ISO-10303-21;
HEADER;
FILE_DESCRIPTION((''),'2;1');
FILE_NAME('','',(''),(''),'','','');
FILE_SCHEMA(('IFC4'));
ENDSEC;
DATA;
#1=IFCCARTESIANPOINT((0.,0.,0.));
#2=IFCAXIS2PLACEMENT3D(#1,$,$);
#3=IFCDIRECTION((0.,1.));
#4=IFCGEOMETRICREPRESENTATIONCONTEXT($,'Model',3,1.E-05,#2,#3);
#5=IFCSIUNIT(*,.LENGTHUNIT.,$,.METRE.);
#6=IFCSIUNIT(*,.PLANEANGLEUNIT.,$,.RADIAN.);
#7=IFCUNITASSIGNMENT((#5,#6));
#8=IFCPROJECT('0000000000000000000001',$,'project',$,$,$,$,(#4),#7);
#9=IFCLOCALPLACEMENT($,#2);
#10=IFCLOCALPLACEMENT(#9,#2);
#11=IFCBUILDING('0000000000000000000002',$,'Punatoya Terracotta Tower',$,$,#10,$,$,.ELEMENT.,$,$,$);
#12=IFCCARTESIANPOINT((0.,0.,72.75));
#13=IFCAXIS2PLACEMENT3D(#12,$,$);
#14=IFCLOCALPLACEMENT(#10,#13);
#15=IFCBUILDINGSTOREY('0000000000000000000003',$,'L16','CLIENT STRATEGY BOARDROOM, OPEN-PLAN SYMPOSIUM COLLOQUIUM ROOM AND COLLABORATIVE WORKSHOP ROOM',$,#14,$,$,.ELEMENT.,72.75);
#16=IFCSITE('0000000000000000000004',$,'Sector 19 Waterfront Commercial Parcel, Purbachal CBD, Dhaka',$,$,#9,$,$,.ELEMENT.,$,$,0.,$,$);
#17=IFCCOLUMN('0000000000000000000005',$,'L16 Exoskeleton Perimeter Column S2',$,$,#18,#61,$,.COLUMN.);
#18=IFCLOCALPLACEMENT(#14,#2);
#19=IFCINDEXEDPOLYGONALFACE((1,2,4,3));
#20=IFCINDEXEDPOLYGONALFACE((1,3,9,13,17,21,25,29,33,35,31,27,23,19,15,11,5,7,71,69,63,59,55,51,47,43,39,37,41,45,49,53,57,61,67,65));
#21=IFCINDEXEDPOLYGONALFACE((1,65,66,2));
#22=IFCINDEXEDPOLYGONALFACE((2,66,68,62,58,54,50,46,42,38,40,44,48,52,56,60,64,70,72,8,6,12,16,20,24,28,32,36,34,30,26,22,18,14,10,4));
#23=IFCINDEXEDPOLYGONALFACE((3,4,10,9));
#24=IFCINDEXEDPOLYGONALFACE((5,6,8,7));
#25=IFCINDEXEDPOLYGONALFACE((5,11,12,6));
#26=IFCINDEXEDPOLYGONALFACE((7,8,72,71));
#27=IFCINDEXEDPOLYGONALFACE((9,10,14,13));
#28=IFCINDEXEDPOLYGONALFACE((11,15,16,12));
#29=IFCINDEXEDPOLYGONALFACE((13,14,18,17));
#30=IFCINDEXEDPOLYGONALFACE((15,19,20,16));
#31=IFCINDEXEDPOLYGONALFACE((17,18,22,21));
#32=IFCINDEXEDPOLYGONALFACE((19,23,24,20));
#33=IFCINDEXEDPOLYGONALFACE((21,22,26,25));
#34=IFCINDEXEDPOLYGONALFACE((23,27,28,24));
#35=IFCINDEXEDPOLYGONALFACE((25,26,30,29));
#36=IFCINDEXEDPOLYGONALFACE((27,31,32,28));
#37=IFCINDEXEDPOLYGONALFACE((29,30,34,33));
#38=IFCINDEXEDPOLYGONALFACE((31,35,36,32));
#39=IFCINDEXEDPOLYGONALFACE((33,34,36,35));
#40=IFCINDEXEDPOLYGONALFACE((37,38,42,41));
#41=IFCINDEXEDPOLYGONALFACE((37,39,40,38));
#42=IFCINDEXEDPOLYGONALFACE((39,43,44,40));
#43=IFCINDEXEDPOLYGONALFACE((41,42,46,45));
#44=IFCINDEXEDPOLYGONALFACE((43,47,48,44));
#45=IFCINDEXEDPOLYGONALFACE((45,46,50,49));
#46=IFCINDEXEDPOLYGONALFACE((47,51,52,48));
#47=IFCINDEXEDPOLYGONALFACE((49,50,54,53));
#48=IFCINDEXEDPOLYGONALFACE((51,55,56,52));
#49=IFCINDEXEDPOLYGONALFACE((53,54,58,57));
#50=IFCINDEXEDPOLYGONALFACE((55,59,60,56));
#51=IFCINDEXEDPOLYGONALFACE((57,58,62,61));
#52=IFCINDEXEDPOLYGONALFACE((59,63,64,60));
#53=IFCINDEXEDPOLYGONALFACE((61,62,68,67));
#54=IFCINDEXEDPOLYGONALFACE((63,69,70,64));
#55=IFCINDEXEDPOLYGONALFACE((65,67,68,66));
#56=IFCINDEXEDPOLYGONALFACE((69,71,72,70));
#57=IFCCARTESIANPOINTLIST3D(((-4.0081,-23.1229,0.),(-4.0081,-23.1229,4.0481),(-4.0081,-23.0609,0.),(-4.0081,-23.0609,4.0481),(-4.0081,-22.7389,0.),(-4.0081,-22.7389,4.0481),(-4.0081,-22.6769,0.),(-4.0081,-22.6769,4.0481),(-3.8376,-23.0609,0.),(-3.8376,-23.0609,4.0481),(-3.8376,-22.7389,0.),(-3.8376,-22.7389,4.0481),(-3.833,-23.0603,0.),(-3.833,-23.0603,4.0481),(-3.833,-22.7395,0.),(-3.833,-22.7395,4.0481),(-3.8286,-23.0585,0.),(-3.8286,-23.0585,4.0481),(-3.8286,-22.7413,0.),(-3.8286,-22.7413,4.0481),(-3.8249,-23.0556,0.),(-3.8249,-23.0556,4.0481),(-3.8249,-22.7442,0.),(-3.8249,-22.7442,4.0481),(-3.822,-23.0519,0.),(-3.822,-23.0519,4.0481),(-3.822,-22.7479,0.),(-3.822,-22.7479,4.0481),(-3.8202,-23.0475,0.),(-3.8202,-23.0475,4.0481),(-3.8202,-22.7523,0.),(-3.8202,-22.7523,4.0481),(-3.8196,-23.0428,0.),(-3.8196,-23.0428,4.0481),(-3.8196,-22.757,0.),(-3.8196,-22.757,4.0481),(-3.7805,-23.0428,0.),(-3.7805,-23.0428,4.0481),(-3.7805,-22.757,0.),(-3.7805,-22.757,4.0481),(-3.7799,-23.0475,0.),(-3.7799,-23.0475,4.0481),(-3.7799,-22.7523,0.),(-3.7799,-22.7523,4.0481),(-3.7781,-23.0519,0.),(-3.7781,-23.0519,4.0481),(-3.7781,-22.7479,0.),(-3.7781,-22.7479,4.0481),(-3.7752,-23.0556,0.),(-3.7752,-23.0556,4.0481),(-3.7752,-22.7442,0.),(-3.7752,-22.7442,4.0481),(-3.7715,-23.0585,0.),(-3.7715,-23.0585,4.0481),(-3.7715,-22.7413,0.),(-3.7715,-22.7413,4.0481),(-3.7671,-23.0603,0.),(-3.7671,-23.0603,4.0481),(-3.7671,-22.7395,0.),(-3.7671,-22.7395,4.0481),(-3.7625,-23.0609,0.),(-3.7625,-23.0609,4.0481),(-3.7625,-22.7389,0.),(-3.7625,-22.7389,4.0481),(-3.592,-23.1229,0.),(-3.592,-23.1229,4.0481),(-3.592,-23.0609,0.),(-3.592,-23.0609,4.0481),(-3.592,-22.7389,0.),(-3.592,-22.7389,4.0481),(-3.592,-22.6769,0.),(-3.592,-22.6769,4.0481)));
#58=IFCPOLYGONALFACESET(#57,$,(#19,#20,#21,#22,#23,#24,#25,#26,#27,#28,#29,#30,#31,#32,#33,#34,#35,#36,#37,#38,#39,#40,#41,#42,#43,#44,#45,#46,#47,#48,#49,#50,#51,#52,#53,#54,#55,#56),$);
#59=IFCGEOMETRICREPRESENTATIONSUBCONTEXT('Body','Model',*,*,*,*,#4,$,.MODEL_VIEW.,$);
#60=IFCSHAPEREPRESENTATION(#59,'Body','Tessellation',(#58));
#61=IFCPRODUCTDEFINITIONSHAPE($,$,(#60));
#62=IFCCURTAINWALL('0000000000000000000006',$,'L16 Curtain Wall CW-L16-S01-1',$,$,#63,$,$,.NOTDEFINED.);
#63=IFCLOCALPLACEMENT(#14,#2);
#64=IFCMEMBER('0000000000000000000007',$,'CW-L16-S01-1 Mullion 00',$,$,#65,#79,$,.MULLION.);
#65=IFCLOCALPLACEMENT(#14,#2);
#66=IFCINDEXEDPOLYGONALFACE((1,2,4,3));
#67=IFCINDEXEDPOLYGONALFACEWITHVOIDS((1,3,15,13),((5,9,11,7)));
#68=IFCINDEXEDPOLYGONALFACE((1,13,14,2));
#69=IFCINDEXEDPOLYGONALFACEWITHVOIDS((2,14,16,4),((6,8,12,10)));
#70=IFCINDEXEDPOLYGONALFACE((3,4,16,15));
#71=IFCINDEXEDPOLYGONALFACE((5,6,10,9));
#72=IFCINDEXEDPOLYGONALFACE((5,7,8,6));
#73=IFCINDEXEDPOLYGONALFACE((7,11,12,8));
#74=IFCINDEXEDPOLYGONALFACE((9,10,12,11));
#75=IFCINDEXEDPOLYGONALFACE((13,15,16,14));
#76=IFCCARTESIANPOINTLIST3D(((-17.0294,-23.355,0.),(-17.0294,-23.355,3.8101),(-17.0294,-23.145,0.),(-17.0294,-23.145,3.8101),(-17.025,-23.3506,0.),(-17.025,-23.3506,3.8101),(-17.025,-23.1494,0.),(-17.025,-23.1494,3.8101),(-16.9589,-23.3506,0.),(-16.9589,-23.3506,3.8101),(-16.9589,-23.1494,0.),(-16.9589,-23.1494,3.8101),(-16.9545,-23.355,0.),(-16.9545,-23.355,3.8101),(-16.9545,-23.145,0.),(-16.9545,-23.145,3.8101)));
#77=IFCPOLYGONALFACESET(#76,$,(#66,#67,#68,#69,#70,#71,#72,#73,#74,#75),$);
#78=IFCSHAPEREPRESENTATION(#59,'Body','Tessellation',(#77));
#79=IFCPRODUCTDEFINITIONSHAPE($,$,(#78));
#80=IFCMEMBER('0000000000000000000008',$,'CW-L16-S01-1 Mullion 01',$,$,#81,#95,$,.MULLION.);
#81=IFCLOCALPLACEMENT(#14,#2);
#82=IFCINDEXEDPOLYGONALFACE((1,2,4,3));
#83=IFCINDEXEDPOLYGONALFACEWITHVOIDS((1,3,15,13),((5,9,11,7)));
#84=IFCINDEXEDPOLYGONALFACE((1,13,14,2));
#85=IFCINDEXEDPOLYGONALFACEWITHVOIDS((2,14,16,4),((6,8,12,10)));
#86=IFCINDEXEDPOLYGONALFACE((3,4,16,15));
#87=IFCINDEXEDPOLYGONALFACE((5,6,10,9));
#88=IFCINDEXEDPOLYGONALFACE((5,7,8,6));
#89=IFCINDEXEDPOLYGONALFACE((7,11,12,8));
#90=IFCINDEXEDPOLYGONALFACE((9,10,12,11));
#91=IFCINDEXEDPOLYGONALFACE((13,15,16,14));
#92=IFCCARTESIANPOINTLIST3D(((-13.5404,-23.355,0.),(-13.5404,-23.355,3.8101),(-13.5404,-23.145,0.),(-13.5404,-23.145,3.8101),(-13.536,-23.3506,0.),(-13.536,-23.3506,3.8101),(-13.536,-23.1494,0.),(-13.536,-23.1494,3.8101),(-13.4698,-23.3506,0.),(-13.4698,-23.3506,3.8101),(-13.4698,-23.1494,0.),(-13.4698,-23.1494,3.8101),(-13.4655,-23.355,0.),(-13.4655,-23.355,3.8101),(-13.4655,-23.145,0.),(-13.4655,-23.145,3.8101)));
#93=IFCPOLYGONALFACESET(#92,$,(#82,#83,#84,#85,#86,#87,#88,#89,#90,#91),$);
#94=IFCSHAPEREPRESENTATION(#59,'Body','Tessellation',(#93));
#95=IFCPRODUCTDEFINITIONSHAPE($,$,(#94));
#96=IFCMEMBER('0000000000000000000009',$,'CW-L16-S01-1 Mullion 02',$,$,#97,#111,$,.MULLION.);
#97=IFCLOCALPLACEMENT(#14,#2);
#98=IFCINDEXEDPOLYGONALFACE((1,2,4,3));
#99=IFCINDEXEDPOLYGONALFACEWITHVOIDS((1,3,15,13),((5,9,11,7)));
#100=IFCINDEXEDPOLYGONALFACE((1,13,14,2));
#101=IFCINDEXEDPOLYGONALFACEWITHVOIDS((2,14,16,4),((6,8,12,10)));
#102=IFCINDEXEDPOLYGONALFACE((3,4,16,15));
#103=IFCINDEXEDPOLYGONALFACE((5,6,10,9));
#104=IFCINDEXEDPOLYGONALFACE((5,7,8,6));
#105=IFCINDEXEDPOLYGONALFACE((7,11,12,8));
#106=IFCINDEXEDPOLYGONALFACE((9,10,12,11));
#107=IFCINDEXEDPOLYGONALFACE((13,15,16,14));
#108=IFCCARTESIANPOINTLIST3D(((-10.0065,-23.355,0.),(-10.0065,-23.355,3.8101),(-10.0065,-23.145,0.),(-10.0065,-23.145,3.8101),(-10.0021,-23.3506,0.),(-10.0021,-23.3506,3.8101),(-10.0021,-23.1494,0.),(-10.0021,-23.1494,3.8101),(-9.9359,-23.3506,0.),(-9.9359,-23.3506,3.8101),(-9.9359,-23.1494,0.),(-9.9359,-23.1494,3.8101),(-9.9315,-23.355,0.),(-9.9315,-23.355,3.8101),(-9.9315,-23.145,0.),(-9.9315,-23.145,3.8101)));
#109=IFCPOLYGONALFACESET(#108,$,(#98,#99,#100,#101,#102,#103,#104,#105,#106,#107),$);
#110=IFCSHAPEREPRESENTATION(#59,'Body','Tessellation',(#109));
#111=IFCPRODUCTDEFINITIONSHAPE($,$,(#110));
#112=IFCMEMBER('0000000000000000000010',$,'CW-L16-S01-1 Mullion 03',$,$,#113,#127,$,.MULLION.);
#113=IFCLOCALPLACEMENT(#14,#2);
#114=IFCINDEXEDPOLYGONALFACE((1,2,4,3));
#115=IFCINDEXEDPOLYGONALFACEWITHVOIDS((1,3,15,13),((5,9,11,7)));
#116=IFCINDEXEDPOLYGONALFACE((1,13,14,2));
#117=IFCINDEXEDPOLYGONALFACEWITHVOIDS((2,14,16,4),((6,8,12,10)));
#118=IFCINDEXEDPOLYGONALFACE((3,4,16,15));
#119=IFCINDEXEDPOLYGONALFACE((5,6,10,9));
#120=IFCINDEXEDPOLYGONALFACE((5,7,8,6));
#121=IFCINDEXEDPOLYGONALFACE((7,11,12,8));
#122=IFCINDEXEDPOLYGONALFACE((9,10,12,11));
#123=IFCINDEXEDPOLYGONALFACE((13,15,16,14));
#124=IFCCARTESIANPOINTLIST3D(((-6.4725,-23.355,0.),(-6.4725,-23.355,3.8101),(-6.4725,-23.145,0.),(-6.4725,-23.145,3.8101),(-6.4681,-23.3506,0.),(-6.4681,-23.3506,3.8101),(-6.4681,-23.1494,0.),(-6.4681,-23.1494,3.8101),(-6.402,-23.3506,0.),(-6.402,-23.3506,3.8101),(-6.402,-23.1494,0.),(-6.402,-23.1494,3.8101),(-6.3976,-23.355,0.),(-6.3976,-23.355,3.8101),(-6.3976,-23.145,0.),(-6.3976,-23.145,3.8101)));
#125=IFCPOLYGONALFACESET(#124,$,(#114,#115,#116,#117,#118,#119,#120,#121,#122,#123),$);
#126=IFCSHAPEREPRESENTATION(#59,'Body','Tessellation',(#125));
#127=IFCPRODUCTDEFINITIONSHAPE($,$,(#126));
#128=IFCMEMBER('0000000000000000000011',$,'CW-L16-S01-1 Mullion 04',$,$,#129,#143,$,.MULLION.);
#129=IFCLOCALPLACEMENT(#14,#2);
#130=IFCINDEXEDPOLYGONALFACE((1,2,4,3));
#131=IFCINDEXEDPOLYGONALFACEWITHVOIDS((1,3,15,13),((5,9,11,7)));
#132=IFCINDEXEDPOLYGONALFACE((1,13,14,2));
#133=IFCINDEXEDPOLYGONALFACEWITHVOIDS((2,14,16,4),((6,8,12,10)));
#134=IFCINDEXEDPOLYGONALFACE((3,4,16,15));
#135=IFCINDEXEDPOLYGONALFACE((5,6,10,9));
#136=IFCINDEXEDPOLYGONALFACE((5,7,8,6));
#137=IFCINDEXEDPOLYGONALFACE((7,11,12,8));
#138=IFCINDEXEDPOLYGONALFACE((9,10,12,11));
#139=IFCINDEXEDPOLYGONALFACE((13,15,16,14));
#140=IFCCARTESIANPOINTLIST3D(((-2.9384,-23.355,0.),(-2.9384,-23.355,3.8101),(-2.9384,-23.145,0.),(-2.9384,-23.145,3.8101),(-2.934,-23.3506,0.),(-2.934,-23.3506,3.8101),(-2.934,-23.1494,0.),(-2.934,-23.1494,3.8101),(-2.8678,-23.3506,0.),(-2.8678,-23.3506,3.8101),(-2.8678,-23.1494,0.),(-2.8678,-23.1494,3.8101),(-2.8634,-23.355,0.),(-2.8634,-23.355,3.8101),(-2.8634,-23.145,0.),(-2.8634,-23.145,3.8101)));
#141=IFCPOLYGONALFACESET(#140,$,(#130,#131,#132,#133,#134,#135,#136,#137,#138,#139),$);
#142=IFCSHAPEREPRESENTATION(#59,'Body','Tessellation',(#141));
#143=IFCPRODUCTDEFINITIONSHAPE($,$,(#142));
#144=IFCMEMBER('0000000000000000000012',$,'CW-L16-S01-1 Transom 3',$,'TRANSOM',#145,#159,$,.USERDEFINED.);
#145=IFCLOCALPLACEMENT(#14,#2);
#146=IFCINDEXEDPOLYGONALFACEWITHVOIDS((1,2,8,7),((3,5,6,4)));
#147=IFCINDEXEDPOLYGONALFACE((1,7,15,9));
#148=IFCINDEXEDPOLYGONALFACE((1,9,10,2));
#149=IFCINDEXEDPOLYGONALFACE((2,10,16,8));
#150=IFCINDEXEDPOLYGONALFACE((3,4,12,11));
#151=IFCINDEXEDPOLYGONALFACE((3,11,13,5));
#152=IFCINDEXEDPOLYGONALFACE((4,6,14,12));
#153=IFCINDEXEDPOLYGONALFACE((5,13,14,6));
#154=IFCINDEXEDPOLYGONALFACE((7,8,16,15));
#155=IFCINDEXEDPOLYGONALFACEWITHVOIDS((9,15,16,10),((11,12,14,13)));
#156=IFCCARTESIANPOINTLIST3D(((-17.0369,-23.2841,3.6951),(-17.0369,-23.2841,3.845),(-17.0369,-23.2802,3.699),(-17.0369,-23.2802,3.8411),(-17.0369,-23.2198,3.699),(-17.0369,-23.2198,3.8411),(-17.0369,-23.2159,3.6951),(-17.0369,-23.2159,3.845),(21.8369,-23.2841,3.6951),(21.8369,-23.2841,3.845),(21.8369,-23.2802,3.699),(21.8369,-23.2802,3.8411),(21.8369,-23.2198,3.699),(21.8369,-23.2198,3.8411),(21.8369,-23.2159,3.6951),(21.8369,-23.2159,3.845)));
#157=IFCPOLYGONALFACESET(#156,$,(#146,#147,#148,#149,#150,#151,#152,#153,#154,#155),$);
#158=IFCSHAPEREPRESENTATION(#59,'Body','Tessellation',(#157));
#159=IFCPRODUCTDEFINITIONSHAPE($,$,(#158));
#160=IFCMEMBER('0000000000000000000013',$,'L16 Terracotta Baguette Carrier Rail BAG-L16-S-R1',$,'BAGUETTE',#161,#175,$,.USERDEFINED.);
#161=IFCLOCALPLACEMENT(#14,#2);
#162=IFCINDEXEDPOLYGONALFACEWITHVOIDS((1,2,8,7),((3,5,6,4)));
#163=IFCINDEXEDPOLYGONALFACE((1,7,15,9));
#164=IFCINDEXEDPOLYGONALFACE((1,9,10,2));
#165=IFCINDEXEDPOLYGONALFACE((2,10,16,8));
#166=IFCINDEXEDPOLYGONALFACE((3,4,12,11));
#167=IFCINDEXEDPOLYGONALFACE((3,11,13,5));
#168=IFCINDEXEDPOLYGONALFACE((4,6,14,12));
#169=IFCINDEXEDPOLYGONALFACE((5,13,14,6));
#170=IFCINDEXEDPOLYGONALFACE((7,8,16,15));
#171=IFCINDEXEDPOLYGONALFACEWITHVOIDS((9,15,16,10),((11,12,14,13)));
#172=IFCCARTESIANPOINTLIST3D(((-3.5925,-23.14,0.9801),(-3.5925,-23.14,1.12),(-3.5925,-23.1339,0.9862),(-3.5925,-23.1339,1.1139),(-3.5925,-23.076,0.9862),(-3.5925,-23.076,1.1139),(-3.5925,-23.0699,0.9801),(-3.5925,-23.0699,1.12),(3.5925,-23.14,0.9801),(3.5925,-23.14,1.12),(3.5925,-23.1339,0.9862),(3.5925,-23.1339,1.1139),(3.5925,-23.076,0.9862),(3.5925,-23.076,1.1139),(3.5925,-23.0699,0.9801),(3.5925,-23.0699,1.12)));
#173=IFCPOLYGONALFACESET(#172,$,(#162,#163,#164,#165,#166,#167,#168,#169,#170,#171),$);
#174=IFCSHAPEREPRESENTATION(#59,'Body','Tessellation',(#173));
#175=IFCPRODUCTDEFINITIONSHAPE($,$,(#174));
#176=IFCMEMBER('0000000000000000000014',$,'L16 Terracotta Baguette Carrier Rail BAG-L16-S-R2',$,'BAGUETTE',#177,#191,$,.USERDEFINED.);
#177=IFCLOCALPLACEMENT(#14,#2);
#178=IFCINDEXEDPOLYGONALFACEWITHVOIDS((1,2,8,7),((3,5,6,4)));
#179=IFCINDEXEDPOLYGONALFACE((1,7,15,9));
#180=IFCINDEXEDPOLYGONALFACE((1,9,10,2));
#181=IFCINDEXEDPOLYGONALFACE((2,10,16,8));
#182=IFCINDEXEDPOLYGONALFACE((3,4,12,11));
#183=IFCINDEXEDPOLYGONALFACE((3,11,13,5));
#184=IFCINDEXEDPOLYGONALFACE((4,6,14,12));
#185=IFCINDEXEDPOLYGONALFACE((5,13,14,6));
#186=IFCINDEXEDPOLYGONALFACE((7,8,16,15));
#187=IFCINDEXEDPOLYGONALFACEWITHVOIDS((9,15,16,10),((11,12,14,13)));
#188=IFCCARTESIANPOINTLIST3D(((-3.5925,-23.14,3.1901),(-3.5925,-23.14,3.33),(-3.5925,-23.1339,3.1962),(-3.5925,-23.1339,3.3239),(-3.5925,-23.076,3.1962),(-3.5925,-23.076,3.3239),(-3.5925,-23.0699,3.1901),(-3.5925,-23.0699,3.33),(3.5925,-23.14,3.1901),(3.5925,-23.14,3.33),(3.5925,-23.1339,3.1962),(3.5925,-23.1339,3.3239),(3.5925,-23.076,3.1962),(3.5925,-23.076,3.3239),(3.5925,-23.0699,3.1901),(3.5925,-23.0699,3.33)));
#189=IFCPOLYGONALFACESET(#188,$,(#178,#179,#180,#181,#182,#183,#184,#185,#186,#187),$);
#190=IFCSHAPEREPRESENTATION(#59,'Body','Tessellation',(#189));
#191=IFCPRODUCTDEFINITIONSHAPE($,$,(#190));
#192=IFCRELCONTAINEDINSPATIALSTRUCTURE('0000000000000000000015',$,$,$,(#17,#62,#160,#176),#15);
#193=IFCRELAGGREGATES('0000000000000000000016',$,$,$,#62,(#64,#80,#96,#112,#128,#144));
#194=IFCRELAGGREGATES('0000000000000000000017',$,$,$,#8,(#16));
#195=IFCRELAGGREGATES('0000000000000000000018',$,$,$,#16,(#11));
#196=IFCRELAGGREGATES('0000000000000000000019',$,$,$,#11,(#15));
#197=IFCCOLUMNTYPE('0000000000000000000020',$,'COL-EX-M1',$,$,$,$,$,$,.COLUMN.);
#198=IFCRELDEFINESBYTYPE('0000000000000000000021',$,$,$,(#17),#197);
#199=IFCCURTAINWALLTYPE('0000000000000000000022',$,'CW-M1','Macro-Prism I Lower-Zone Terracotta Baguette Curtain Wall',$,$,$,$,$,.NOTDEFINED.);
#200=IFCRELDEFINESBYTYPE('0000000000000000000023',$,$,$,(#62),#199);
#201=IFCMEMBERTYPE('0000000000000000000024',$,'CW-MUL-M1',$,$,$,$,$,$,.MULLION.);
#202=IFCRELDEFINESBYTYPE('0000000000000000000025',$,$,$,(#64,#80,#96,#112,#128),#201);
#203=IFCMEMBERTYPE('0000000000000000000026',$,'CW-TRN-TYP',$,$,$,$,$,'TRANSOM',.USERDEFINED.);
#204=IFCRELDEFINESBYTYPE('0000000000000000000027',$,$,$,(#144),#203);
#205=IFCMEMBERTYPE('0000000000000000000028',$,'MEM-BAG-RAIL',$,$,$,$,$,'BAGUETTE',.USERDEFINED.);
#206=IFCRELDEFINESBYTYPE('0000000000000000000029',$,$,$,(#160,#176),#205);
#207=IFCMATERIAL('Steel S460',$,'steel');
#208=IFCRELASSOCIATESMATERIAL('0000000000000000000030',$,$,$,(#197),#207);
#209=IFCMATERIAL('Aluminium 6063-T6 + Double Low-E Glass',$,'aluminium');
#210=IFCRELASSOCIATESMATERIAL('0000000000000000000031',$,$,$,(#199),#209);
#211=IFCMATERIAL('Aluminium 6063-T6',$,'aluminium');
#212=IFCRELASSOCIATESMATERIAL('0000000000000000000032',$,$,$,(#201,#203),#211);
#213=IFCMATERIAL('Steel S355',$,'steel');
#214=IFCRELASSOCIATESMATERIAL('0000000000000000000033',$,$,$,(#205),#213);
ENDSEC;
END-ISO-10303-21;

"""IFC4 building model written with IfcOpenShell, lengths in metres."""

from ifc_helpers import new_model, si_unit, direction, frame, origin, origin_2d, place, context, subcontext, project, spatial, hollow_rectangle, i_section, extrude, material, material_profile, profile_set, type_object, element, aggregate, save


model = new_model("IFC4")

# Units and contexts
model_context = context("Model", 3, precision=1e-05, world=origin(), true_north=direction((0.0, 1.0)))
body_context = subcontext(model_context, "Body", "Model", "MODEL_VIEW")
ifc_project = project(units=[si_unit("LENGTHUNIT", "METRE"), si_unit("PLANEANGLEUNIT", "RADIAN")], contexts=[model_context])

# Site, building, storey
site_placement = place(None, origin())
site = spatial("IfcSite", under=ifc_project, at=site_placement, Name="Sector 19 Waterfront Commercial Parcel, Purbachal CBD, Dhaka", CompositionType="ELEMENT", RefElevation=0.0)
building_placement = place(site_placement, origin())
building = spatial("IfcBuilding", under=site, at=building_placement, Name="Punatoya Terracotta Tower", CompositionType="ELEMENT")
storey_placement = place(building_placement, frame((0.0, 0.0, 72.75)))
storey = spatial("IfcBuildingStorey", under=building, at=storey_placement, Name="L16", Description="CLIENT STRATEGY BOARDROOM, OPEN-PLAN SYMPOSIUM COLLOQUIUM ROOM AND COLLABORATIVE WORKSHOP ROOM", CompositionType="ELEMENT", Elevation=72.75)

# Column
ifc_material_1 = material(Name="Steel S460", Category="steel")
ifc_material_profile_1 = material_profile(ifc_material_1, i_section(OverallWidth=0.416, OverallDepth=0.446, WebThickness=0.0391, FlangeThickness=0.062, FilletRadius=0.0181, at=origin_2d()))
ifc_profile_set_1 = profile_set([ifc_material_profile_1], Name="Steel S460")
column_type = type_object("IfcColumnType", Name="COL-EX-M1", PredefinedType="COLUMN", material=ifc_profile_set_1)
column_placement = place(storey_placement, frame((-3.8, -22.8999, 0.0), z_axis=(0.0, 0.0, 1.0), x_axis=(1.0, 0.0, 0.0)))
element("IfcColumn", 1, at=column_placement, inside=storey, type_object=column_type, Name="L16 Exoskeleton Perimeter Column S2", PredefinedType="COLUMN", context=body_context, shape_type="SweptSolid", body=[
    extrude(i_section(OverallWidth=0.416, OverallDepth=0.446, WebThickness=0.0391, FlangeThickness=0.062, FilletRadius=0.0181, at=origin_2d()), origin(), (0.0, 0.0, 1.0), 4.0481),
])

# Curtain wall, members
ifc_material_2 = material(Name="Aluminium 6063-T6 + Double Low-E Glass", Category="aluminium")
curtain_wall_type = type_object("IfcCurtainWallType", Name="CW-M1", Description="Macro-Prism I Lower-Zone Terracotta Baguette Curtain Wall", PredefinedType="NOTDEFINED", material=ifc_material_2)
curtain_wall_placement = place(storey_placement, origin())
curtain_wall = element("IfcCurtainWall", 2, at=curtain_wall_placement, inside=storey, type_object=curtain_wall_type, Name="L16 Curtain Wall CW-L16-S01-1", PredefinedType="NOTDEFINED")
ifc_material_3 = material(Name="Aluminium 6063-T6", Category="aluminium")
ifc_material_profile_2 = material_profile(ifc_material_3, hollow_rectangle(XDim=0.075, YDim=0.21, WallThickness=0.0044, at=origin_2d()))
ifc_profile_set_2 = profile_set([ifc_material_profile_2], Name="Aluminium 6063-T6")
member_type_1 = type_object("IfcMemberType", Name="CW-MUL-M1", PredefinedType="MULLION", material=ifc_profile_set_2)
member_1_placement = place(storey_placement, frame((-16.9919, -23.25, 0.0), z_axis=(0.0, 0.0, 1.0), x_axis=(1.0, 0.0, 0.0)))
member_1 = element("IfcMember", 3, at=member_1_placement, type_object=member_type_1, Name="CW-L16-S01-1 Mullion 00", PredefinedType="MULLION", context=body_context, shape_type="SweptSolid", body=[
    extrude(hollow_rectangle(XDim=0.075, YDim=0.21, WallThickness=0.0044, at=origin_2d()), origin(), (0.0, 0.0, 1.0), 3.8101),
])
member_2_placement = place(storey_placement, frame((-13.5029, -23.25, 0.0), z_axis=(0.0, 0.0, 1.0), x_axis=(1.0, 0.0, 0.0)))
member_2 = element("IfcMember", 4, at=member_2_placement, type_object=member_type_1, Name="CW-L16-S01-1 Mullion 01", PredefinedType="MULLION", context=body_context, shape_type="SweptSolid", body=[
    extrude(hollow_rectangle(XDim=0.075, YDim=0.21, WallThickness=0.0044, at=origin_2d()), origin(), (0.0, 0.0, 1.0), 3.8101),
])
member_3_placement = place(storey_placement, frame((-9.969, -23.25, 0.0), z_axis=(0.0, 0.0, 1.0), x_axis=(1.0, 0.0, 0.0)))
member_3 = element("IfcMember", 5, at=member_3_placement, type_object=member_type_1, Name="CW-L16-S01-1 Mullion 02", PredefinedType="MULLION", context=body_context, shape_type="SweptSolid", body=[
    extrude(hollow_rectangle(XDim=0.075, YDim=0.21, WallThickness=0.0044, at=origin_2d()), origin(), (0.0, 0.0, 1.0), 3.8101),
])
member_4_placement = place(storey_placement, frame((-6.4351, -23.25, 0.0), z_axis=(0.0, 0.0, 1.0), x_axis=(1.0, 0.0, 0.0)))
member_4 = element("IfcMember", 6, at=member_4_placement, type_object=member_type_1, Name="CW-L16-S01-1 Mullion 03", PredefinedType="MULLION", context=body_context, shape_type="SweptSolid", body=[
    extrude(hollow_rectangle(XDim=0.075, YDim=0.21, WallThickness=0.0044, at=origin_2d()), origin(), (0.0, 0.0, 1.0), 3.8101),
])
member_5_placement = place(storey_placement, frame((-2.9009, -23.25, 0.0), z_axis=(0.0, 0.0, 1.0), x_axis=(1.0, 0.0, 0.0)))
member_5 = element("IfcMember", 7, at=member_5_placement, type_object=member_type_1, Name="CW-L16-S01-1 Mullion 04", PredefinedType="MULLION", context=body_context, shape_type="SweptSolid", body=[
    extrude(hollow_rectangle(XDim=0.075, YDim=0.21, WallThickness=0.0044, at=origin_2d()), origin(), (0.0, 0.0, 1.0), 3.8101),
])
ifc_material_profile_3 = material_profile(ifc_material_3, hollow_rectangle(XDim=0.0681, YDim=0.1499, WallThickness=0.0039, at=origin_2d()))
ifc_profile_set_3 = profile_set([ifc_material_profile_3], Name="Aluminium 6063-T6")
member_type_2 = type_object("IfcMemberType", Name="CW-TRN-TYP", ElementType="TRANSOM", PredefinedType="USERDEFINED", material=ifc_profile_set_3)
member_6_placement = place(storey_placement, frame((-17.0369, -23.25, 3.77), z_axis=(1.0, 0.0, 0.0), x_axis=(0.0, 1.0, 0.0)))
member_6 = element("IfcMember", 8, at=member_6_placement, type_object=member_type_2, Name="CW-L16-S01-1 Transom 3", ObjectType="TRANSOM", PredefinedType="USERDEFINED", context=body_context, shape_type="SweptSolid", body=[
    extrude(hollow_rectangle(XDim=0.0681, YDim=0.1499, WallThickness=0.0039, at=origin_2d()), origin(), (0.0, 0.0, 1.0), 38.8738),
])

# Members
ifc_material_4 = material(Name="Steel S355", Category="steel")
ifc_material_profile_4 = material_profile(ifc_material_4, hollow_rectangle(XDim=0.0701, YDim=0.1399, WallThickness=0.0061, at=origin_2d()))
ifc_profile_set_4 = profile_set([ifc_material_profile_4], Name="Steel S355")
member_type_3 = type_object("IfcMemberType", Name="MEM-BAG-RAIL", ElementType="BAGUETTE", PredefinedType="USERDEFINED", material=ifc_profile_set_4)
for number, where, z_axis, x_axis, name in (
    (9, (-3.5925, -23.105, 1.05), (1.0, 0.0, 0.0), (0.0, 1.0, 0.0), "L16 Terracotta Baguette Carrier Rail BAG-L16-S-R1"),
    (10, (-3.5925, -23.105, 3.26), (1.0, 0.0, 0.0), (0.0, 1.0, 0.0), "L16 Terracotta Baguette Carrier Rail BAG-L16-S-R2"),
):
    element("IfcMember", number, at=place(storey_placement, frame(where, z_axis=z_axis, x_axis=x_axis)), inside=storey, type_object=member_type_3, Name=name, ObjectType="BAGUETTE", PredefinedType="USERDEFINED", context=body_context, shape_type="SweptSolid", body=[
        extrude(hollow_rectangle(XDim=0.0701, YDim=0.1399, WallThickness=0.0061, at=origin_2d()), origin(), (0.0, 0.0, 1.0), 7.1851),
    ])

aggregate(curtain_wall, [member_1, member_2, member_3, member_4, member_5, member_6])

save(model, "model.ifc")
